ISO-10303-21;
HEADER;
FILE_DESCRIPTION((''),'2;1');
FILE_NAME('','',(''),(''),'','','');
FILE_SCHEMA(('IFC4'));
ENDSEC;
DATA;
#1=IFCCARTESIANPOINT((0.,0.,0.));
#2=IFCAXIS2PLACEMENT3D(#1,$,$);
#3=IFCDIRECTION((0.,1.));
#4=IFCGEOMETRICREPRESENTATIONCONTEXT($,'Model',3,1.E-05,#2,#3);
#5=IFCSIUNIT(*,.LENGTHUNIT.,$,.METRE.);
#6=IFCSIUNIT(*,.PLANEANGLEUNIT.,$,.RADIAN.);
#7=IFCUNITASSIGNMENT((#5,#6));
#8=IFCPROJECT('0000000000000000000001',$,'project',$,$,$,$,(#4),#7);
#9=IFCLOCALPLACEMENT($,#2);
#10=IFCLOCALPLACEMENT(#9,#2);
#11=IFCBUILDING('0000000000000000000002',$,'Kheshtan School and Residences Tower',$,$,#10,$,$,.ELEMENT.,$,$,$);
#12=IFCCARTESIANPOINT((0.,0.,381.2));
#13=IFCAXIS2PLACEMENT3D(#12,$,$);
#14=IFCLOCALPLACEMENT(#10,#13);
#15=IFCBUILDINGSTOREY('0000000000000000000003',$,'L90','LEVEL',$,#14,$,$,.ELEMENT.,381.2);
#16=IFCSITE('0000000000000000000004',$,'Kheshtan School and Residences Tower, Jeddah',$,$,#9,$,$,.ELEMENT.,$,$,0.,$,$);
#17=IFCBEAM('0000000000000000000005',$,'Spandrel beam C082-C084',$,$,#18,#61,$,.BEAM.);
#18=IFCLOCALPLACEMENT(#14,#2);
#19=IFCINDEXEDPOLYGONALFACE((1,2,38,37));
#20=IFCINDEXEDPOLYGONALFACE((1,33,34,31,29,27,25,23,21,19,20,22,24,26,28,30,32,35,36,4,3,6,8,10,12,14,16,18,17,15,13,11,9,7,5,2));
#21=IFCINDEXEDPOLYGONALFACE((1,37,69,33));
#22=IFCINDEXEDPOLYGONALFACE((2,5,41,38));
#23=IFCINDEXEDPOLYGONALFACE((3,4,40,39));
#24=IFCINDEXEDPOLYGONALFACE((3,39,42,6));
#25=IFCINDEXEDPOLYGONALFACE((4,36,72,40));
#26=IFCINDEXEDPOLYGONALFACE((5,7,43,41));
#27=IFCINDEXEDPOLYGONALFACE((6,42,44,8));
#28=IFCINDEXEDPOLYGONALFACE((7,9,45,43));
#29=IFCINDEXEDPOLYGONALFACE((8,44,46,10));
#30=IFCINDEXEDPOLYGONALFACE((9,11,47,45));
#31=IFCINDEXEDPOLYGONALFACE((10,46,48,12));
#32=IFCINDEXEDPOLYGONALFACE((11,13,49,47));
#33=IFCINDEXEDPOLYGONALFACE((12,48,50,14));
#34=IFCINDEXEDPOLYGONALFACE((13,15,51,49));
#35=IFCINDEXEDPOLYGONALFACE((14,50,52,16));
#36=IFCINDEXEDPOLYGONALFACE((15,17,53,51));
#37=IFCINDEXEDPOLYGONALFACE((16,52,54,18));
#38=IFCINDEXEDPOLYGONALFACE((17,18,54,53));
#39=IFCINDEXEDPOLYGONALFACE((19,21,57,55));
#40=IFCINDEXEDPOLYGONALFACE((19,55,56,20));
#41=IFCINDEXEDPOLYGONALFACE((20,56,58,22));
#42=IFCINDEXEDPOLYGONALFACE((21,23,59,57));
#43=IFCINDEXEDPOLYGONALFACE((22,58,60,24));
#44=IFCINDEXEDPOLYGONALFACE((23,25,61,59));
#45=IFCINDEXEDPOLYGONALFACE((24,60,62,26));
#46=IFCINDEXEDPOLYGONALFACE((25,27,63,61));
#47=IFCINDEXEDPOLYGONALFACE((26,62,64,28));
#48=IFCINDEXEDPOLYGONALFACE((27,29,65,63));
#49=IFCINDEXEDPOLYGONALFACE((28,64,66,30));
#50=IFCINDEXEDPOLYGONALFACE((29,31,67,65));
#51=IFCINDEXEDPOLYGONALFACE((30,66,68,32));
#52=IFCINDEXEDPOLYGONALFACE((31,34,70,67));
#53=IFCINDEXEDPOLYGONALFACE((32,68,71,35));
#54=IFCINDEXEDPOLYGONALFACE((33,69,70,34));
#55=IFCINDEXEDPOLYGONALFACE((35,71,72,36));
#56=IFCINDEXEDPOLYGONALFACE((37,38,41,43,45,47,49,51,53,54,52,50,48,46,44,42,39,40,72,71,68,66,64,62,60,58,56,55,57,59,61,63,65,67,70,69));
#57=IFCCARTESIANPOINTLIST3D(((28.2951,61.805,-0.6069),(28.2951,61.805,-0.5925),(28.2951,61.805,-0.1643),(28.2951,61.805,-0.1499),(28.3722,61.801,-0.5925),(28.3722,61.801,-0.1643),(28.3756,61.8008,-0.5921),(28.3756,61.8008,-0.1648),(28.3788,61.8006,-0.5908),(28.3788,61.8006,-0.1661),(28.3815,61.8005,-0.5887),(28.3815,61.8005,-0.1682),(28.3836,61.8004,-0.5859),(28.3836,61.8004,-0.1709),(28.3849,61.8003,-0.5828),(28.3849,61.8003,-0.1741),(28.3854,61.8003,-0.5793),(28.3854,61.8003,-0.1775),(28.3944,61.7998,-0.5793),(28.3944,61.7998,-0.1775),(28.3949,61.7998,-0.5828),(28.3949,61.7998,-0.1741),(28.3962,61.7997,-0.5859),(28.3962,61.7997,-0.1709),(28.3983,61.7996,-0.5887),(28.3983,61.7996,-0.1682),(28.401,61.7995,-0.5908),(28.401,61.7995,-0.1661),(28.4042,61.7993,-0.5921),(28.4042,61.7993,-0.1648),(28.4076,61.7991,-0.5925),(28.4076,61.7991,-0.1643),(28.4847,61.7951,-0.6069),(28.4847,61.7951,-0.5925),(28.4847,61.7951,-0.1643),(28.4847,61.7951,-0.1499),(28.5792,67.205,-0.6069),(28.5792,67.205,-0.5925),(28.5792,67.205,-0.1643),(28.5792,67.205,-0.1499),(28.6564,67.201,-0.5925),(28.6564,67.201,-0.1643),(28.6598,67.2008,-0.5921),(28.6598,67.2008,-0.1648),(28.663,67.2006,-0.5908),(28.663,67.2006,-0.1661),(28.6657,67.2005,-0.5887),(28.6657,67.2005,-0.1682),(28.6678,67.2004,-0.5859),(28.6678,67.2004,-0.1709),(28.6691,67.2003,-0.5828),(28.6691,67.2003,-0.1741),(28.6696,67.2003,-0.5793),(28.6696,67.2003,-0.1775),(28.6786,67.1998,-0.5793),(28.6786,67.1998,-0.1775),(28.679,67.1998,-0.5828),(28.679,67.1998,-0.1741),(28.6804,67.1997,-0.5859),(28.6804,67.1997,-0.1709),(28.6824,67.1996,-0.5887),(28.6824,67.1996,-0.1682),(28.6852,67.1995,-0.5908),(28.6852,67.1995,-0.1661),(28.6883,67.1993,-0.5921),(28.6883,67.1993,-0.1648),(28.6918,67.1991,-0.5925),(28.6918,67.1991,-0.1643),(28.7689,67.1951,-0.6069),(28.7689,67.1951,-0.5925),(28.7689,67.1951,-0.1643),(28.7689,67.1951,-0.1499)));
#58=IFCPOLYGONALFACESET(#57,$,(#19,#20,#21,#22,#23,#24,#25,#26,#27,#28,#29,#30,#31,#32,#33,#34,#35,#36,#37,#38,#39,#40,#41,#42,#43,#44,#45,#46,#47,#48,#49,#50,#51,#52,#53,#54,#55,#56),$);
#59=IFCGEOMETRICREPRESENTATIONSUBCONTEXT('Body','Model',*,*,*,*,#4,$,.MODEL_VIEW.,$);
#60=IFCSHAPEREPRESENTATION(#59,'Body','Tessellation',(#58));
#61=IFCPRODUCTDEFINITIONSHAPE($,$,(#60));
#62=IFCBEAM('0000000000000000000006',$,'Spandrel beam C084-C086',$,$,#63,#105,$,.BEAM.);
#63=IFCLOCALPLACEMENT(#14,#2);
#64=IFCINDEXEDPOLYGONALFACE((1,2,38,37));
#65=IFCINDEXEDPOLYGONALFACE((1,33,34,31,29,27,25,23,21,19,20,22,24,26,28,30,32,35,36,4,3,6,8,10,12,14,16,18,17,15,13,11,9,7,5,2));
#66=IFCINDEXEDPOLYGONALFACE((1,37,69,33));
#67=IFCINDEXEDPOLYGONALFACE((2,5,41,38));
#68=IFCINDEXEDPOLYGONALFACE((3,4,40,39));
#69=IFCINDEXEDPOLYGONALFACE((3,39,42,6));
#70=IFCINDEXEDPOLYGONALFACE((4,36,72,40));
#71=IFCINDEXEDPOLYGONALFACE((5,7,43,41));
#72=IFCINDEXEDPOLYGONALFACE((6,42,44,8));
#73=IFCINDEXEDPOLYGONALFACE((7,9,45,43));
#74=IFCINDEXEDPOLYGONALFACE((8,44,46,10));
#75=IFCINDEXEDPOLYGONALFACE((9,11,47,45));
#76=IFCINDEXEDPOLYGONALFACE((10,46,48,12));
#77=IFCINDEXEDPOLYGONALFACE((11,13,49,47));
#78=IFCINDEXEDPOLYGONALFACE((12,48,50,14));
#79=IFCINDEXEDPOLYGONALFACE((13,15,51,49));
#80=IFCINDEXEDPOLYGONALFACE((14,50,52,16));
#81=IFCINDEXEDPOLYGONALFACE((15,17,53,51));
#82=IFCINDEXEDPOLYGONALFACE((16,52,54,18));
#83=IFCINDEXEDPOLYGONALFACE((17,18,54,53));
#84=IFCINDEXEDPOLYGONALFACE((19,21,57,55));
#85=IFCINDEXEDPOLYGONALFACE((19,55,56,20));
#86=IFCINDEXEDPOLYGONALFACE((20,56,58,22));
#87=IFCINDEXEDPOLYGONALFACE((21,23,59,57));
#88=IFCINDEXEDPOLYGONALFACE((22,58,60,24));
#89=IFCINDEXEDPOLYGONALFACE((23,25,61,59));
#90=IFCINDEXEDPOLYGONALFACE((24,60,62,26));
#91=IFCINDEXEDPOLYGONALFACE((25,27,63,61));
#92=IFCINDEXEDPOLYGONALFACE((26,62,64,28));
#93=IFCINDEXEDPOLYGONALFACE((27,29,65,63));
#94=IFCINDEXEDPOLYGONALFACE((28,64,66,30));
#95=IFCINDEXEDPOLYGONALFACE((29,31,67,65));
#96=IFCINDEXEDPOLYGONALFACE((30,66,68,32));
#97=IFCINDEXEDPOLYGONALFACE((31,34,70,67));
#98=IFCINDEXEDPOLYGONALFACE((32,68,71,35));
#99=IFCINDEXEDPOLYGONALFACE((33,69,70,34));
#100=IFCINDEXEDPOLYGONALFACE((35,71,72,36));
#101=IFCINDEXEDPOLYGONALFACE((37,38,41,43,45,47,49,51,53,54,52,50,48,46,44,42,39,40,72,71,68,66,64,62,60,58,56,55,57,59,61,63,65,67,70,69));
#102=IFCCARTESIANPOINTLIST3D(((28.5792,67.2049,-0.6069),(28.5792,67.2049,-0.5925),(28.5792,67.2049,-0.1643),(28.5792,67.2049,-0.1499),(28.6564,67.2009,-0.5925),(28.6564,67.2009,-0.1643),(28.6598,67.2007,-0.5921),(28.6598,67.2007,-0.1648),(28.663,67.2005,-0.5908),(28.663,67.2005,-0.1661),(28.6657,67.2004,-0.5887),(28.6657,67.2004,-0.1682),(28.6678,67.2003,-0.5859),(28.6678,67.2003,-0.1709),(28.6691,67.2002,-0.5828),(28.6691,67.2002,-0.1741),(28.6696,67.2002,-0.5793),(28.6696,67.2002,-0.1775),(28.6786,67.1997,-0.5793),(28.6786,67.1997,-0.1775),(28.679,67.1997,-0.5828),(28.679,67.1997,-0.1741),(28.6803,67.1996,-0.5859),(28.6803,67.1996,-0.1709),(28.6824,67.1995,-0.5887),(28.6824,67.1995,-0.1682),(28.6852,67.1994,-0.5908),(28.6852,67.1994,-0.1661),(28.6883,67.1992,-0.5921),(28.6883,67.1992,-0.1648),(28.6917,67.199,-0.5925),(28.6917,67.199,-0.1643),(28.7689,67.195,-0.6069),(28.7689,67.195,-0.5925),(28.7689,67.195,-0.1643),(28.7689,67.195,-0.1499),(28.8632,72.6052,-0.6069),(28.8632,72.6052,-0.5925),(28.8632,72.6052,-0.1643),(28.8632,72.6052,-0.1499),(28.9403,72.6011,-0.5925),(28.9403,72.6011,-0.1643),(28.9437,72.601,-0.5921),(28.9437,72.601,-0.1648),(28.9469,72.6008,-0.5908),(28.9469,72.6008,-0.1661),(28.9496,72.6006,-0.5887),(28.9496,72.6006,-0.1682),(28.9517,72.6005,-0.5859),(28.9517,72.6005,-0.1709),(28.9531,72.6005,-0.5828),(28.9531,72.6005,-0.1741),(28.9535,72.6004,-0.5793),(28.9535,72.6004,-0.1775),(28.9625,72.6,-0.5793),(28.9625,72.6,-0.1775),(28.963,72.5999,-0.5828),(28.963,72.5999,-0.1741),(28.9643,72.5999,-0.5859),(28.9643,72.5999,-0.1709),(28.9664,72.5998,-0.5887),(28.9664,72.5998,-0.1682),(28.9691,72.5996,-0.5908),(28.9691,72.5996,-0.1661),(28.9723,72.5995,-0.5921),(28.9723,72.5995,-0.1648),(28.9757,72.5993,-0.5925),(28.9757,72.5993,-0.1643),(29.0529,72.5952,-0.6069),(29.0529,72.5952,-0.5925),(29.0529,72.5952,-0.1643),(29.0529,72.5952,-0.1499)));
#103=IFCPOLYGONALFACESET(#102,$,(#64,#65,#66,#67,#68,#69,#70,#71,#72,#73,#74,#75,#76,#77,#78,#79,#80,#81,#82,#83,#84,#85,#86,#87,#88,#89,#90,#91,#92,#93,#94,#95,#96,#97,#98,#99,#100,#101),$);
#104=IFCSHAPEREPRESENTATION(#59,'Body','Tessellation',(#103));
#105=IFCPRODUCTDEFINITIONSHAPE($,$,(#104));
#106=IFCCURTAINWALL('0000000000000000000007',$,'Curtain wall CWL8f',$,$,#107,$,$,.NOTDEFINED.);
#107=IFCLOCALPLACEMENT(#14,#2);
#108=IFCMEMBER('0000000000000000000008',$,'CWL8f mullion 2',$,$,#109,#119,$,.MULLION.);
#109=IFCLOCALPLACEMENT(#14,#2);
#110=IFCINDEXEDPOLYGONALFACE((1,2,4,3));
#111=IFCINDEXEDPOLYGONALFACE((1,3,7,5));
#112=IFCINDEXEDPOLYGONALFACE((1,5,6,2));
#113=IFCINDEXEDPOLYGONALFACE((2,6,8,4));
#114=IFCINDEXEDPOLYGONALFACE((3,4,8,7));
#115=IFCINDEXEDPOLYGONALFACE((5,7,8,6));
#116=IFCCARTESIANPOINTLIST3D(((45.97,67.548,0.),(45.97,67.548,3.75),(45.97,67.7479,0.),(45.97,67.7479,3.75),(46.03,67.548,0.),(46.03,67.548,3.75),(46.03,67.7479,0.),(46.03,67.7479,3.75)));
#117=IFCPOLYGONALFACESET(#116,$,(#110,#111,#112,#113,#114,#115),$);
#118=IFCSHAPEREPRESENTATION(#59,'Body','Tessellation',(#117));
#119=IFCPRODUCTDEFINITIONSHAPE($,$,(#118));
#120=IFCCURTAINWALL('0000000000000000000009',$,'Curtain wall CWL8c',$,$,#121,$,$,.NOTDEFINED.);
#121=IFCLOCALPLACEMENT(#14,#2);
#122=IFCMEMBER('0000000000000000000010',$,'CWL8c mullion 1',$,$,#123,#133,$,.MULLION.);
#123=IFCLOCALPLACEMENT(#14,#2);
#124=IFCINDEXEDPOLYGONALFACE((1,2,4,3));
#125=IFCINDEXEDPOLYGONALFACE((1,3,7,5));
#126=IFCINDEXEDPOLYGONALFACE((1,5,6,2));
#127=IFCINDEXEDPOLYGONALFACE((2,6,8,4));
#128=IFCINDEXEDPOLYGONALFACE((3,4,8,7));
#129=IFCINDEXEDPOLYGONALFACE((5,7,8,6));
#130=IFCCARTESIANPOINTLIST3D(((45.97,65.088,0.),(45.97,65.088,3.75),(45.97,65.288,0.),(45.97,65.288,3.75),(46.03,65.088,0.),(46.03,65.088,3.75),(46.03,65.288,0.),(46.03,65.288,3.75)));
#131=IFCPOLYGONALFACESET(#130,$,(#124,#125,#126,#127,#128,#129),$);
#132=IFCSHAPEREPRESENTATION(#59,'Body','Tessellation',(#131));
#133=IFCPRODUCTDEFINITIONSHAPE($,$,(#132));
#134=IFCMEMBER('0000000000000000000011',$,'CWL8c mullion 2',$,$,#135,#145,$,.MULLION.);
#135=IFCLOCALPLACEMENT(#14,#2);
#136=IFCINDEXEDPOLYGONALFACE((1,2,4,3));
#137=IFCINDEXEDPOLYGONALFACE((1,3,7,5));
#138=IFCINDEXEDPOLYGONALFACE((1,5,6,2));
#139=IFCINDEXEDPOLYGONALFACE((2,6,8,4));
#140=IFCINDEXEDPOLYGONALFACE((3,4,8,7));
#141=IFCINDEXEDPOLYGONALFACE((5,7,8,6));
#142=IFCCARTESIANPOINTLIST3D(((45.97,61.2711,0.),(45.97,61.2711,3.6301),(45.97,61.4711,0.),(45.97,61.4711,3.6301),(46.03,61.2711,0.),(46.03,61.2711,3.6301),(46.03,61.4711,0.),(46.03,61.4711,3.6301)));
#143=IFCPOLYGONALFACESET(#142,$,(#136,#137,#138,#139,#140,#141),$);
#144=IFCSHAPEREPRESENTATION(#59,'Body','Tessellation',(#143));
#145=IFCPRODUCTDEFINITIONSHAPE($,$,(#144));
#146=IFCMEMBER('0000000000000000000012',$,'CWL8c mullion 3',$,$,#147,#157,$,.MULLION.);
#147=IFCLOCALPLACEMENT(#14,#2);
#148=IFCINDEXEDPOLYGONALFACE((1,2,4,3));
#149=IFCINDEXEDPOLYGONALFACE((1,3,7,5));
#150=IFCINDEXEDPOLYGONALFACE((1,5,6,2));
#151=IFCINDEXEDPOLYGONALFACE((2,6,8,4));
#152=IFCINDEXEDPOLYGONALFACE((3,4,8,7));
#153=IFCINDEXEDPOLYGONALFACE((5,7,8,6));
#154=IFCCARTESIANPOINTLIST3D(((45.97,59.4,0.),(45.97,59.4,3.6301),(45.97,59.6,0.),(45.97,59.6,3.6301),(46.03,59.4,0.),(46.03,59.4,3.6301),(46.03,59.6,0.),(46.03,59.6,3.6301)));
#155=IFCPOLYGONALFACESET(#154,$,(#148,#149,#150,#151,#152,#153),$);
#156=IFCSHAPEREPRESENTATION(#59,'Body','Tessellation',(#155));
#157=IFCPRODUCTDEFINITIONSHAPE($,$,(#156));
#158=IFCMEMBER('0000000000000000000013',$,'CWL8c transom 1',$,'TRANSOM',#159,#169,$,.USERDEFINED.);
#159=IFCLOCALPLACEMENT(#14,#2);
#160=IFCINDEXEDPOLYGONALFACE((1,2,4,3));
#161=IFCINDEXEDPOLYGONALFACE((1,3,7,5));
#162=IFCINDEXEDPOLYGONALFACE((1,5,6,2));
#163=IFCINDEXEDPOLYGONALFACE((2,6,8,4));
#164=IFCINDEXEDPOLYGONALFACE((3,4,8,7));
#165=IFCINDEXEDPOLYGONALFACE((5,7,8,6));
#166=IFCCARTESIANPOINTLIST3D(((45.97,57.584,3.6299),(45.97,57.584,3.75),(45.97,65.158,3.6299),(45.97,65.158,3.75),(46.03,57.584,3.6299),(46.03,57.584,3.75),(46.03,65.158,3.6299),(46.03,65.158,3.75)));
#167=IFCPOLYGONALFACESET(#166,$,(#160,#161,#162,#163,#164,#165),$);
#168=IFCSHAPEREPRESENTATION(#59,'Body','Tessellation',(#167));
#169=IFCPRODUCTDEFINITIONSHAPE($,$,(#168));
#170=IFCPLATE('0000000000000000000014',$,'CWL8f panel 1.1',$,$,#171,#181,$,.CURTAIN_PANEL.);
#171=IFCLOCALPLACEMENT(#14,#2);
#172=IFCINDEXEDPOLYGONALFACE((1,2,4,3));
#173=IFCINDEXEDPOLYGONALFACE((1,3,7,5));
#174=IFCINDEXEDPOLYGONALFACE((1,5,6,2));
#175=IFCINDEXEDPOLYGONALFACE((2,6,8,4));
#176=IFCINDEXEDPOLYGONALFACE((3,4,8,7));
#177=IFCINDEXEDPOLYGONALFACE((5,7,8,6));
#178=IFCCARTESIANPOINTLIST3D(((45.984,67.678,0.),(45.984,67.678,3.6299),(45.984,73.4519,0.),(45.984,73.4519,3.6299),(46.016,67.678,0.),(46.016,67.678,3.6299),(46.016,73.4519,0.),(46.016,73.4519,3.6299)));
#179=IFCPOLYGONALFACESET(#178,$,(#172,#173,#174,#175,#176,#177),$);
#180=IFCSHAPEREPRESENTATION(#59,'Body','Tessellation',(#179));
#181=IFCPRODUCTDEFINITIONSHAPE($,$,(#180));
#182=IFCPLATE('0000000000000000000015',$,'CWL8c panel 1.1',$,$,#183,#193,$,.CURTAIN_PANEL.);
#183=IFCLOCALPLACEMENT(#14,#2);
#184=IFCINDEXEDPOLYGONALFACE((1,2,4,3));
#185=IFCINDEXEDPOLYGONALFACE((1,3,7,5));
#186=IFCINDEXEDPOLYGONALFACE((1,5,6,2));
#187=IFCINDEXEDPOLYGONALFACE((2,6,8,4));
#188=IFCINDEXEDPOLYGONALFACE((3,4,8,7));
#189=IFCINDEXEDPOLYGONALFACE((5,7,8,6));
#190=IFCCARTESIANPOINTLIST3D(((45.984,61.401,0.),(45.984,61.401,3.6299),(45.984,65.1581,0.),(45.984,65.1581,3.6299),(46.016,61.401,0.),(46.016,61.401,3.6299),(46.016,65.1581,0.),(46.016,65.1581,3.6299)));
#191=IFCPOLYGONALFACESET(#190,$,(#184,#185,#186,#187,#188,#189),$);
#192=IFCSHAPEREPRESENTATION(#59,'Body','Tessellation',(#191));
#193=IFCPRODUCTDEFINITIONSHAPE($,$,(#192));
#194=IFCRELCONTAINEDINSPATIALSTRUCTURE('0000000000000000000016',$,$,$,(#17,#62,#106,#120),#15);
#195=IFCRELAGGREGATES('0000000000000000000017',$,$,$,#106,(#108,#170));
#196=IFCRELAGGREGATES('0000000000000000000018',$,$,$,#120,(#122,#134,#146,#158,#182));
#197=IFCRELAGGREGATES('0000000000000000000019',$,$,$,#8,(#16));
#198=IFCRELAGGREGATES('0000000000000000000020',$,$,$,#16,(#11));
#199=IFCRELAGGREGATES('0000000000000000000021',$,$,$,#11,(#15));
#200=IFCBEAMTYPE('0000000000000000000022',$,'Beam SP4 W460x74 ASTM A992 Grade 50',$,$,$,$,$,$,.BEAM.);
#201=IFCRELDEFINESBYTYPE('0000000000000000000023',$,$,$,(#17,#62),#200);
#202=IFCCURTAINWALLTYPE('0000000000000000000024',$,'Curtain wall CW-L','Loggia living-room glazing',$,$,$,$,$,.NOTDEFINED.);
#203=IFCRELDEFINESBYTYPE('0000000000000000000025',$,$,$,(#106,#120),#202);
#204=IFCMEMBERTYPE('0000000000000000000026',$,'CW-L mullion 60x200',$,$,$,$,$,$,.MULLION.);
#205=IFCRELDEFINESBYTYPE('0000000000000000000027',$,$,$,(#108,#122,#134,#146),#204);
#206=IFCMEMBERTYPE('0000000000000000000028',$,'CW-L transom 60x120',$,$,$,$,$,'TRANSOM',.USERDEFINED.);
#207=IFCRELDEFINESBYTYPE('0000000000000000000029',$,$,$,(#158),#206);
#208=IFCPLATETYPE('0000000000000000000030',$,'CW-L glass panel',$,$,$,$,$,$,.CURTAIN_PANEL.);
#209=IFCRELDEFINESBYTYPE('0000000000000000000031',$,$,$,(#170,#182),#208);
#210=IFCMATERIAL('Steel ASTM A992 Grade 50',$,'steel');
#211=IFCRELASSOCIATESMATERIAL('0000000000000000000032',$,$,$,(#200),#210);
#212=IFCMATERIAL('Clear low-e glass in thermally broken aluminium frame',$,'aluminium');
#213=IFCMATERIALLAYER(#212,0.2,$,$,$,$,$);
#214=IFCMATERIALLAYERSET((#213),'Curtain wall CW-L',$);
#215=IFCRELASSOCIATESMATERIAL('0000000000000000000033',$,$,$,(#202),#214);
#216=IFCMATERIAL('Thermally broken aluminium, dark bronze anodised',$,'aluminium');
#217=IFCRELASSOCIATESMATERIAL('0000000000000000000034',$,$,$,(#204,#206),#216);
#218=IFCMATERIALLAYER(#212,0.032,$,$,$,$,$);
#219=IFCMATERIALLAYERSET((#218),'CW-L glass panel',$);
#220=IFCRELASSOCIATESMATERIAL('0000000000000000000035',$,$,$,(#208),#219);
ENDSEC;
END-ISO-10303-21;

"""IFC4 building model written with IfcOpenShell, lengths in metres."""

from ifc_helpers import new_model, si_unit, direction, frame, origin, origin_2d, place, context, subcontext, project, spatial, rectangle, i_section, extrude, material, layer, layer_set, material_profile, profile_set, type_object, element, aggregate, save


model = new_model("IFC4")

# Units and contexts
model_context = context("Model", 3, precision=1e-05, world=origin(), true_north=direction((0.0, 1.0)))
body_context = subcontext(model_context, "Body", "Model", "MODEL_VIEW")
ifc_project = project(units=[si_unit("LENGTHUNIT", "METRE"), si_unit("PLANEANGLEUNIT", "RADIAN")], contexts=[model_context])

# Site, building, storey
site_placement = place(None, origin())
site = spatial("IfcSite", under=ifc_project, at=site_placement, Name="Kheshtan School and Residences Tower, Jeddah", CompositionType="ELEMENT", RefElevation=0.0)
building_placement = place(site_placement, origin())
building = spatial("IfcBuilding", under=site, at=building_placement, Name="Kheshtan School and Residences Tower", CompositionType="ELEMENT")
storey_placement = place(building_placement, frame((0.0, 0.0, 381.2)))
storey = spatial("IfcBuildingStorey", under=building, at=storey_placement, Name="L90", Description="LEVEL", CompositionType="ELEMENT", Elevation=381.2)

# Shared definitions
ifc_material_1 = material(Name="Steel ASTM A992 Grade 50", Category="steel")

# Beams
ifc_material_profile_1 = material_profile(ifc_material_1, i_section(OverallWidth=0.1899, OverallDepth=0.457, WebThickness=0.009, FlangeThickness=0.0144, FilletRadius=0.0132, at=origin_2d()), Name="W460x74")
ifc_profile_set_1 = profile_set([ifc_material_profile_1], Name="Steel ASTM A992 Grade 50")
beam_type_1 = type_object("IfcBeamType", Name="Beam SP4 W460x74 ASTM A992 Grade 50", PredefinedType="BEAM", material=ifc_profile_set_1)
beam_1_placement = place(storey_placement, frame((28.3899, 61.8, -0.3784), z_axis=(0.052554, 0.998618, 0.0), x_axis=(-0.998618, 0.052554, 0.0)))
element("IfcBeam", 1, at=beam_1_placement, inside=storey, type_object=beam_type_1, Name="Spandrel beam C082-C084", PredefinedType="BEAM", context=body_context, shape_type="SweptSolid", body=[
    extrude(i_section(OverallWidth=0.1899, OverallDepth=0.457, WebThickness=0.009, FlangeThickness=0.0144, FilletRadius=0.0132, at=origin_2d()), origin(), (0.0, 0.0, 1.0), 5.4075),
])
beam_2_placement = place(storey_placement, frame((28.6741, 67.2, -0.3784), z_axis=(0.052507, 0.998621, 0.0), x_axis=(-0.998621, 0.052507, 0.0)))
element("IfcBeam", 2, at=beam_2_placement, inside=storey, type_object=beam_type_1, Name="Spandrel beam C084-C086", PredefinedType="BEAM", context=body_context, shape_type="SweptSolid", body=[
    extrude(i_section(OverallWidth=0.1899, OverallDepth=0.457, WebThickness=0.009, FlangeThickness=0.0144, FilletRadius=0.0132, at=origin_2d()), origin(), (0.0, 0.0, 1.0), 5.4077),
])

# Curtain wall, member
ifc_material_2 = material(Name="Clear low-e glass in thermally broken aluminium frame", Category="aluminium")
ifc_layer_1 = layer(ifc_material_2, 0.2)
ifc_layer_set_1 = layer_set([ifc_layer_1], Name="Curtain wall CW-L")
curtain_wall_type = type_object("IfcCurtainWallType", Name="Curtain wall CW-L", Description="Loggia living-room glazing", PredefinedType="NOTDEFINED", material=ifc_layer_set_1)
curtain_wall_1_placement = place(storey_placement, origin())
curtain_wall_1 = element("IfcCurtainWall", 3, at=curtain_wall_1_placement, inside=storey, type_object=curtain_wall_type, Name="Curtain wall CWL8f", PredefinedType="NOTDEFINED")
ifc_material_3 = material(Name="Thermally broken aluminium, dark bronze anodised", Category="aluminium")
ifc_material_profile_2 = material_profile(ifc_material_3, rectangle(XDim=0.0601, YDim=0.2, at=origin_2d()), Name="CW-L mullion 60x200")
ifc_profile_set_2 = profile_set([ifc_material_profile_2], Name="Thermally broken aluminium, dark bronze anodised")
member_type_1 = type_object("IfcMemberType", Name="CW-L mullion 60x200", PredefinedType="MULLION", material=ifc_profile_set_2)
member_1_placement = place(storey_placement, frame((46.0, 67.6479, 0.0), z_axis=(0.0, 0.0, 1.0), x_axis=(1.0, 0.0, 0.0)))
member_1 = element("IfcMember", 4, at=member_1_placement, type_object=member_type_1, Name="CWL8f mullion 2", PredefinedType="MULLION", context=body_context, shape_type="SweptSolid", body=[
    extrude(rectangle(XDim=0.0601, YDim=0.2, at=origin_2d()), origin(), (0.0, 0.0, 1.0), 3.75),
])

# Curtain wall, members
curtain_wall_2_placement = place(storey_placement, origin())
curtain_wall_2 = element("IfcCurtainWall", 5, at=curtain_wall_2_placement, inside=storey, type_object=curtain_wall_type, Name="Curtain wall CWL8c", PredefinedType="NOTDEFINED")
member_2_placement = place(storey_placement, frame((46.0, 65.188, 0.0), z_axis=(0.0, 0.0, 1.0), x_axis=(1.0, 0.0, 0.0)))
member_2 = element("IfcMember", 6, at=member_2_placement, type_object=member_type_1, Name="CWL8c mullion 1", PredefinedType="MULLION", context=body_context, shape_type="SweptSolid", body=[
    extrude(rectangle(XDim=0.0601, YDim=0.2, at=origin_2d()), origin(), (0.0, 0.0, 1.0), 3.75),
])
member_3_placement = place(storey_placement, frame((46.0, 61.3711, 0.0), z_axis=(0.0, 0.0, 1.0), x_axis=(1.0, 0.0, 0.0)))
member_3 = element("IfcMember", 7, at=member_3_placement, type_object=member_type_1, Name="CWL8c mullion 2", PredefinedType="MULLION", context=body_context, shape_type="SweptSolid", body=[
    extrude(rectangle(XDim=0.0601, YDim=0.2, at=origin_2d()), origin(), (0.0, 0.0, 1.0), 3.6301),
])
member_4_placement = place(storey_placement, frame((46.0, 59.5, 0.0), z_axis=(0.0, 0.0, 1.0), x_axis=(1.0, 0.0, 0.0)))
member_4 = element("IfcMember", 8, at=member_4_placement, type_object=member_type_1, Name="CWL8c mullion 3", PredefinedType="MULLION", context=body_context, shape_type="SweptSolid", body=[
    extrude(rectangle(XDim=0.0601, YDim=0.2, at=origin_2d()), origin(), (0.0, 0.0, 1.0), 3.6301),
])
ifc_material_profile_3 = material_profile(ifc_material_3, rectangle(XDim=0.0601, YDim=0.1201, at=origin_2d()), Name="CW-L transom 60x120")
ifc_profile_set_3 = profile_set([ifc_material_profile_3], Name="Thermally broken aluminium, dark bronze anodised")
member_type_2 = type_object("IfcMemberType", Name="CW-L transom 60x120", ElementType="TRANSOM", PredefinedType="USERDEFINED", material=ifc_profile_set_3)
member_5_placement = place(storey_placement, frame((46.0, 65.158, 3.6899), z_axis=(0.0, -1.0, 0.0), x_axis=(1.0, 0.0, 0.0)))
member_5 = element("IfcMember", 9, at=member_5_placement, type_object=member_type_2, Name="CWL8c transom 1", ObjectType="TRANSOM", PredefinedType="USERDEFINED", context=body_context, shape_type="SweptSolid", body=[
    extrude(rectangle(XDim=0.0601, YDim=0.1201, at=origin_2d()), origin(), (0.0, 0.0, 1.0), 7.574),
])

# Plates
ifc_layer_2 = layer(ifc_material_2, 0.032)
ifc_layer_set_2 = layer_set([ifc_layer_2], Name="CW-L glass panel")
plate_type = type_object("IfcPlateType", Name="CW-L glass panel", PredefinedType="CURTAIN_PANEL", material=ifc_layer_set_2)
plate_1_placement = place(storey_placement, frame((46.0, 70.5649, 0.0), z_axis=(0.0, 0.0, 1.0), x_axis=(0.0, -1.0, 0.0)))
plate_1 = element("IfcPlate", 10, at=plate_1_placement, type_object=plate_type, Name="CWL8f panel 1.1", PredefinedType="CURTAIN_PANEL", context=body_context, shape_type="SweptSolid", body=[
    extrude(rectangle(XDim=5.7739, YDim=0.032, at=origin_2d()), origin(), (0.0, 0.0, 1.0), 3.6299),
])
aggregate(curtain_wall_1, [member_1, plate_1])
plate_2_placement = place(storey_placement, frame((46.0, 63.2795, 0.0), z_axis=(0.0, 0.0, 1.0), x_axis=(0.0, -1.0, 0.0)))
plate_2 = element("IfcPlate", 11, at=plate_2_placement, type_object=plate_type, Name="CWL8c panel 1.1", PredefinedType="CURTAIN_PANEL", context=body_context, shape_type="SweptSolid", body=[
    extrude(rectangle(XDim=3.7571, YDim=0.032, at=origin_2d()), origin(), (0.0, 0.0, 1.0), 3.6299),
])
aggregate(curtain_wall_2, [member_2, member_3, member_4, member_5, plate_2])

save(model, "model.ifc")
